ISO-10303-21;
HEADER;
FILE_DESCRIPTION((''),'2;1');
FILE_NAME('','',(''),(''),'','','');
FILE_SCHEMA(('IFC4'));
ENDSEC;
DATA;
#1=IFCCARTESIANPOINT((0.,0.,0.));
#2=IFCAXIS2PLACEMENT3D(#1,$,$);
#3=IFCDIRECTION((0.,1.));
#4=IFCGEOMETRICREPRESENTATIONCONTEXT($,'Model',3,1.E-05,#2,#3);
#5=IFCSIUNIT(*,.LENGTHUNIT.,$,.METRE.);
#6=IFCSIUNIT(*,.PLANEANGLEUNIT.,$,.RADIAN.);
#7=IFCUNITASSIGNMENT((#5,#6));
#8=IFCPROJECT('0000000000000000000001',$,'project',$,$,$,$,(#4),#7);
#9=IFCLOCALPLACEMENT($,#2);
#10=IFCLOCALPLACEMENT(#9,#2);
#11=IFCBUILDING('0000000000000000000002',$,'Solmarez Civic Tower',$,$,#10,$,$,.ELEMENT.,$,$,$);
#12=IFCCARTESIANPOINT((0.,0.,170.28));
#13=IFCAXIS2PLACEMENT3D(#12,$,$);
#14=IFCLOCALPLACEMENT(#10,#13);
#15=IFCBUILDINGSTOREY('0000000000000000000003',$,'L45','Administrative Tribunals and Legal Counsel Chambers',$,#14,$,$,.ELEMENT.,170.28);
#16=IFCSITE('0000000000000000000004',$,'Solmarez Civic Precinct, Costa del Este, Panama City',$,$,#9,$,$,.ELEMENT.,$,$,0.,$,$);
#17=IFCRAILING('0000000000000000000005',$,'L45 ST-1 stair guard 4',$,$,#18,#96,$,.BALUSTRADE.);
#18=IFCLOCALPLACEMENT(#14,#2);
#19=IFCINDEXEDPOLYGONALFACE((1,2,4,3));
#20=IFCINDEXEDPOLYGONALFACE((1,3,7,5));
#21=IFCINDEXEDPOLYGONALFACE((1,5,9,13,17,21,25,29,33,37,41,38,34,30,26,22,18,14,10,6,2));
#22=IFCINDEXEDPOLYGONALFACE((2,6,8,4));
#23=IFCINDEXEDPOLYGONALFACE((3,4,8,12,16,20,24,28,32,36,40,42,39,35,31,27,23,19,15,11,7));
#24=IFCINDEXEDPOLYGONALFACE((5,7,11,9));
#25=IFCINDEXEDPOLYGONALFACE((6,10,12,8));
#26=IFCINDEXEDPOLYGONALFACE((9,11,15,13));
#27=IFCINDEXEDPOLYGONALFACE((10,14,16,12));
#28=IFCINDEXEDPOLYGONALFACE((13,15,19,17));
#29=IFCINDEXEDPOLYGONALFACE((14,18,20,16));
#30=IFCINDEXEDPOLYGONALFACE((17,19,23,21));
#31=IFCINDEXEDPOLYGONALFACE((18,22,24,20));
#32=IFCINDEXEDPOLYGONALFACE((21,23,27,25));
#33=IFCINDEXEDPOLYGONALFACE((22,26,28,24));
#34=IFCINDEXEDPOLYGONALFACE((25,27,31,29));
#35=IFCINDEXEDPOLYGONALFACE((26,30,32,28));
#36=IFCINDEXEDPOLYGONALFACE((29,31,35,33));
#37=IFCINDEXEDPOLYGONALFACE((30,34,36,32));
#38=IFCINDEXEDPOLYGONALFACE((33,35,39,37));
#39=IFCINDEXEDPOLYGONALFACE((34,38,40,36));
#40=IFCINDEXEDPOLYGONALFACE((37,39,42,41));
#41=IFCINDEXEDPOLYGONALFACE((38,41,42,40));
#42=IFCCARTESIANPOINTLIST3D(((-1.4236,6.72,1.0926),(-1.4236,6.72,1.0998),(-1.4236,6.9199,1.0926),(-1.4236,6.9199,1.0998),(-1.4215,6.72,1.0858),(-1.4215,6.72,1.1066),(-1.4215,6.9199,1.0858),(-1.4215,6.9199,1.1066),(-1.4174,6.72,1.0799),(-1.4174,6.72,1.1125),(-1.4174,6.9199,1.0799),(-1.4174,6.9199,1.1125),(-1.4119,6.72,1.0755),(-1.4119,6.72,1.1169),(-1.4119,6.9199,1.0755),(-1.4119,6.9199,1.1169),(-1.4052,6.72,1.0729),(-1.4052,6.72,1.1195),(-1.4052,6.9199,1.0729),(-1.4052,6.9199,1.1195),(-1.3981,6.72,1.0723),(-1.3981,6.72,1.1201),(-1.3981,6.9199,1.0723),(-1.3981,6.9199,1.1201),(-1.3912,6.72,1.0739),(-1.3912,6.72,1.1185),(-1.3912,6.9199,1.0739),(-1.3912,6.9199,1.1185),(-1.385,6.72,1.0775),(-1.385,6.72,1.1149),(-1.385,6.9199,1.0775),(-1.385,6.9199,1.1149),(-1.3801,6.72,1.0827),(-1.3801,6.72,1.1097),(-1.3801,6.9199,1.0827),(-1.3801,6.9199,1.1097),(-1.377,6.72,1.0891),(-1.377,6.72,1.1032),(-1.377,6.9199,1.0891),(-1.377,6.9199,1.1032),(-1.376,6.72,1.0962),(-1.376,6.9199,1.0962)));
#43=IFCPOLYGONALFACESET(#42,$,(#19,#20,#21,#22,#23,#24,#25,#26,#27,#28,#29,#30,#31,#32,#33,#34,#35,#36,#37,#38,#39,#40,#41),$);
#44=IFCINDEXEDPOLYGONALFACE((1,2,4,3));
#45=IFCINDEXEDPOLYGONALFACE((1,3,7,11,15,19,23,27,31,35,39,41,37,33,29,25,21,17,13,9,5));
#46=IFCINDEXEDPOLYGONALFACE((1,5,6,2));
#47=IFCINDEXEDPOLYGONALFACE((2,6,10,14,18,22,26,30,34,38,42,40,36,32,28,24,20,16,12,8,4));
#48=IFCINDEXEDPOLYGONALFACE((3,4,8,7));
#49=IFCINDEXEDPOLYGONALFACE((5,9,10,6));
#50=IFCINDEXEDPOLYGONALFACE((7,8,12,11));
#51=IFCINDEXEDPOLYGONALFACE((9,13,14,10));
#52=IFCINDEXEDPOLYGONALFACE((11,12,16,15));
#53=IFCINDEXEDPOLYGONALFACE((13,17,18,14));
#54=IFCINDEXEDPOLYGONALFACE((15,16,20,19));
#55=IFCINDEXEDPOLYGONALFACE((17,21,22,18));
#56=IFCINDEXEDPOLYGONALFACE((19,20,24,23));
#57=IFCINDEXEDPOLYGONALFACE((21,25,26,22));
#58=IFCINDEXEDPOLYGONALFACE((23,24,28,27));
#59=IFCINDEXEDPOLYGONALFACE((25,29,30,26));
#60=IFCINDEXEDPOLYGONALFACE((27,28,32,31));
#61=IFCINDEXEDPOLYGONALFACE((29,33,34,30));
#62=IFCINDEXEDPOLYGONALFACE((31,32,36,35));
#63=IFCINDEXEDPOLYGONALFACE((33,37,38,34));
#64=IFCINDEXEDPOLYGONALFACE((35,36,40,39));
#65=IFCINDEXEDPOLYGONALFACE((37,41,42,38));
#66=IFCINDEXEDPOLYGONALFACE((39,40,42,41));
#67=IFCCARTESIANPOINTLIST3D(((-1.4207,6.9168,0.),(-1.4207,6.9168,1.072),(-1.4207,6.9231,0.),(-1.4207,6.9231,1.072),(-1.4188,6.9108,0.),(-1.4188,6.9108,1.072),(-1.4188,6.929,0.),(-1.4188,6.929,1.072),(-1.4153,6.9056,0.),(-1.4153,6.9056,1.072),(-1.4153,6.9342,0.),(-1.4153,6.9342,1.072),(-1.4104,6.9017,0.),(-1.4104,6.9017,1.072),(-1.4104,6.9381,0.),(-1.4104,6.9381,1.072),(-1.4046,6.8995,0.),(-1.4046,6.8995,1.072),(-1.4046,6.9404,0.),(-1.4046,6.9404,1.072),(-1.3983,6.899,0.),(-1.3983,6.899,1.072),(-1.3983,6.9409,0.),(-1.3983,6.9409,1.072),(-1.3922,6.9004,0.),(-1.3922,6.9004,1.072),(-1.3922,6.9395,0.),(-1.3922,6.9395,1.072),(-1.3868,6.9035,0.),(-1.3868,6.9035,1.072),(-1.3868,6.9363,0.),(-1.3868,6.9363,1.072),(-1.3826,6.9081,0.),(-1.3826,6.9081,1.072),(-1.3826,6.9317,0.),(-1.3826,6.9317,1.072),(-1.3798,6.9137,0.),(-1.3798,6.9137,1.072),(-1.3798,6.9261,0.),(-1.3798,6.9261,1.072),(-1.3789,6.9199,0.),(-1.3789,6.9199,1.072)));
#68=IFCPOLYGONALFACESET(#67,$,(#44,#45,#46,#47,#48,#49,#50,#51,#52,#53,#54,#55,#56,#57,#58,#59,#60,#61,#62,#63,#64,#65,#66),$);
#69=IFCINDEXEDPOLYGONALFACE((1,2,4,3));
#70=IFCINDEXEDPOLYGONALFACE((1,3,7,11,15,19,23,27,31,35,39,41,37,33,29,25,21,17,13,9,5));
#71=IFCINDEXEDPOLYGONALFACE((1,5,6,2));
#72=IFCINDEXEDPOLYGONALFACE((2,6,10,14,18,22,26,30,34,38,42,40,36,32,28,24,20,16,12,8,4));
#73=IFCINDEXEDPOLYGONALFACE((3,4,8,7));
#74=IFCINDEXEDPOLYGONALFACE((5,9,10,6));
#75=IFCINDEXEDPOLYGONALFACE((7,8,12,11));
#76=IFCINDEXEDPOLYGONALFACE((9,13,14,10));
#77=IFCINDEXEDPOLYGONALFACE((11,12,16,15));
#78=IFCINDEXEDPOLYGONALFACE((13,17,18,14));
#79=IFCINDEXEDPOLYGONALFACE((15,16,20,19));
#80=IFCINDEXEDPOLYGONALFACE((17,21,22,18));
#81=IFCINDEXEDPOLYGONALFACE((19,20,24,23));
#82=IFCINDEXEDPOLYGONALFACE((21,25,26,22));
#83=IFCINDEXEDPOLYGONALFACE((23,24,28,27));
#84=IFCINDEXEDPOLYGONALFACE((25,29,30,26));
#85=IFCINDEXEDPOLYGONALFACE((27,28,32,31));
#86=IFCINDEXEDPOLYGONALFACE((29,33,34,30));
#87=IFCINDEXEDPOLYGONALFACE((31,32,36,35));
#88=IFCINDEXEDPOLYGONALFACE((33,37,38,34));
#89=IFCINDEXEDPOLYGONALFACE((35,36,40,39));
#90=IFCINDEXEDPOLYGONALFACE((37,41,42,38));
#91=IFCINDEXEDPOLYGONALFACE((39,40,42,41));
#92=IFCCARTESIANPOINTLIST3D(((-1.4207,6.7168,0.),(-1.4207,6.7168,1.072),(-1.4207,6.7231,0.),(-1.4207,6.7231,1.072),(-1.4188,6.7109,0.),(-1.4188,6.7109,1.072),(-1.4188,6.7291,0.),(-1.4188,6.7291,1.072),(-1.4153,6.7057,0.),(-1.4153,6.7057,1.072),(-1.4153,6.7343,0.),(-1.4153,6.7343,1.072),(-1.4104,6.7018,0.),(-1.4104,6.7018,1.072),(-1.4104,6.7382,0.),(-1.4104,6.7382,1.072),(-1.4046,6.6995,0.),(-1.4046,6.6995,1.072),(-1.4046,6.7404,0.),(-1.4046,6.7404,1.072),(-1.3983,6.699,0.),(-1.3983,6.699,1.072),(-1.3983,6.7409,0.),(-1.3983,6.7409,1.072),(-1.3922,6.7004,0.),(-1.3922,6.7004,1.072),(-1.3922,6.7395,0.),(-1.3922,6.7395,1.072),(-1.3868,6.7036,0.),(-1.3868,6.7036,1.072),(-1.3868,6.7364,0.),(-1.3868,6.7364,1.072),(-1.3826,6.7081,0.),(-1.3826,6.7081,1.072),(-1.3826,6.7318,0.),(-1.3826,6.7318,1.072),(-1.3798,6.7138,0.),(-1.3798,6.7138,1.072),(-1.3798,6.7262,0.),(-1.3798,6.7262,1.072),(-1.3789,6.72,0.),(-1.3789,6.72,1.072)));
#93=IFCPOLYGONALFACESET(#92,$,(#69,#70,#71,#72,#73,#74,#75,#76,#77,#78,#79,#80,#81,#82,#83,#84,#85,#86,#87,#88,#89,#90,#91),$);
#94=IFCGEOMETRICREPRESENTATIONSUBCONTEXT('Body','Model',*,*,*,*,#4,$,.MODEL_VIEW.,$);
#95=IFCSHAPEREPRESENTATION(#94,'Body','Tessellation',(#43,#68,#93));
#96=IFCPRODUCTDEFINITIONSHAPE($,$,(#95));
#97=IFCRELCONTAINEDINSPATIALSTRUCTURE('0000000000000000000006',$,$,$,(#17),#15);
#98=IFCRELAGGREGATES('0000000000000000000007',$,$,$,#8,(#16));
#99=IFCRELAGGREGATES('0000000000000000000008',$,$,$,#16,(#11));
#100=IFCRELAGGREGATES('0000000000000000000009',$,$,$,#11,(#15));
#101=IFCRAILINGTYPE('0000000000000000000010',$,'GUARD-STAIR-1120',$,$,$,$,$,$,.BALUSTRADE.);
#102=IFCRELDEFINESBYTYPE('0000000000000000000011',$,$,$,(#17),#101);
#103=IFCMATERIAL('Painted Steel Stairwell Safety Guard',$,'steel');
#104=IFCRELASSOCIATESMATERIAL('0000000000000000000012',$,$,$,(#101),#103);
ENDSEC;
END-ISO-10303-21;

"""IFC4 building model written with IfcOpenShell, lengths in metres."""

from ifc_helpers import new_model, si_unit, direction, frame, origin, origin_2d, place, context, subcontext, project, spatial, circle, extrude, material, type_object, element, save


model = new_model("IFC4")

# Units and contexts
model_context = context("Model", 3, precision=1e-05, world=origin(), true_north=direction((0.0, 1.0)))
body_context = subcontext(model_context, "Body", "Model", "MODEL_VIEW")
ifc_project = project(units=[si_unit("LENGTHUNIT", "METRE"), si_unit("PLANEANGLEUNIT", "RADIAN")], contexts=[model_context])

# Site, building, storey
site_placement = place(None, origin())
site = spatial("IfcSite", under=ifc_project, at=site_placement, Name="Solmarez Civic Precinct, Costa del Este, Panama City", CompositionType="ELEMENT", RefElevation=0.0)
building_placement = place(site_placement, origin())
building = spatial("IfcBuilding", under=site, at=building_placement, Name="Solmarez Civic Tower", CompositionType="ELEMENT")
storey_placement = place(building_placement, frame((0.0, 0.0, 170.28)))
storey = spatial("IfcBuildingStorey", under=building, at=storey_placement, Name="L45", Description="Administrative Tribunals and Legal Counsel Chambers", CompositionType="ELEMENT", Elevation=170.28)

# Railing
ifc_material_1 = material(Name="Painted Steel Stairwell Safety Guard", Category="steel")
railing_type_1 = type_object("IfcRailingType", Name="GUARD-STAIR-1120", PredefinedType="BALUSTRADE", material=ifc_material_1)
railing_1_placement = place(storey_placement, frame((-1.3999, 6.9199, 0.0)))
element("IfcRailing", 1, at=railing_1_placement, inside=storey, type_object=railing_type_1, Name="L45 ST-1 stair guard 4", PredefinedType="BALUSTRADE", context=body_context, shape_type="SweptSolid", body=[
    extrude(circle(Radius=0.0239, at=origin_2d()), frame((0.0, 0.0, 1.0962), z_axis=(0.0, -1.0, 0.0), x_axis=(1.0, 0.0, 0.0)), (0.0, 0.0, 1.0), 0.2),
    extrude(circle(Radius=0.021, at=origin_2d()), origin(), (0.0, 0.0, 1.0), 1.072),
    extrude(circle(Radius=0.021, at=origin_2d()), frame((0.0, -0.2, 0.0)), (0.0, 0.0, 1.0), 1.072),
])

save(model, "model.ifc")
